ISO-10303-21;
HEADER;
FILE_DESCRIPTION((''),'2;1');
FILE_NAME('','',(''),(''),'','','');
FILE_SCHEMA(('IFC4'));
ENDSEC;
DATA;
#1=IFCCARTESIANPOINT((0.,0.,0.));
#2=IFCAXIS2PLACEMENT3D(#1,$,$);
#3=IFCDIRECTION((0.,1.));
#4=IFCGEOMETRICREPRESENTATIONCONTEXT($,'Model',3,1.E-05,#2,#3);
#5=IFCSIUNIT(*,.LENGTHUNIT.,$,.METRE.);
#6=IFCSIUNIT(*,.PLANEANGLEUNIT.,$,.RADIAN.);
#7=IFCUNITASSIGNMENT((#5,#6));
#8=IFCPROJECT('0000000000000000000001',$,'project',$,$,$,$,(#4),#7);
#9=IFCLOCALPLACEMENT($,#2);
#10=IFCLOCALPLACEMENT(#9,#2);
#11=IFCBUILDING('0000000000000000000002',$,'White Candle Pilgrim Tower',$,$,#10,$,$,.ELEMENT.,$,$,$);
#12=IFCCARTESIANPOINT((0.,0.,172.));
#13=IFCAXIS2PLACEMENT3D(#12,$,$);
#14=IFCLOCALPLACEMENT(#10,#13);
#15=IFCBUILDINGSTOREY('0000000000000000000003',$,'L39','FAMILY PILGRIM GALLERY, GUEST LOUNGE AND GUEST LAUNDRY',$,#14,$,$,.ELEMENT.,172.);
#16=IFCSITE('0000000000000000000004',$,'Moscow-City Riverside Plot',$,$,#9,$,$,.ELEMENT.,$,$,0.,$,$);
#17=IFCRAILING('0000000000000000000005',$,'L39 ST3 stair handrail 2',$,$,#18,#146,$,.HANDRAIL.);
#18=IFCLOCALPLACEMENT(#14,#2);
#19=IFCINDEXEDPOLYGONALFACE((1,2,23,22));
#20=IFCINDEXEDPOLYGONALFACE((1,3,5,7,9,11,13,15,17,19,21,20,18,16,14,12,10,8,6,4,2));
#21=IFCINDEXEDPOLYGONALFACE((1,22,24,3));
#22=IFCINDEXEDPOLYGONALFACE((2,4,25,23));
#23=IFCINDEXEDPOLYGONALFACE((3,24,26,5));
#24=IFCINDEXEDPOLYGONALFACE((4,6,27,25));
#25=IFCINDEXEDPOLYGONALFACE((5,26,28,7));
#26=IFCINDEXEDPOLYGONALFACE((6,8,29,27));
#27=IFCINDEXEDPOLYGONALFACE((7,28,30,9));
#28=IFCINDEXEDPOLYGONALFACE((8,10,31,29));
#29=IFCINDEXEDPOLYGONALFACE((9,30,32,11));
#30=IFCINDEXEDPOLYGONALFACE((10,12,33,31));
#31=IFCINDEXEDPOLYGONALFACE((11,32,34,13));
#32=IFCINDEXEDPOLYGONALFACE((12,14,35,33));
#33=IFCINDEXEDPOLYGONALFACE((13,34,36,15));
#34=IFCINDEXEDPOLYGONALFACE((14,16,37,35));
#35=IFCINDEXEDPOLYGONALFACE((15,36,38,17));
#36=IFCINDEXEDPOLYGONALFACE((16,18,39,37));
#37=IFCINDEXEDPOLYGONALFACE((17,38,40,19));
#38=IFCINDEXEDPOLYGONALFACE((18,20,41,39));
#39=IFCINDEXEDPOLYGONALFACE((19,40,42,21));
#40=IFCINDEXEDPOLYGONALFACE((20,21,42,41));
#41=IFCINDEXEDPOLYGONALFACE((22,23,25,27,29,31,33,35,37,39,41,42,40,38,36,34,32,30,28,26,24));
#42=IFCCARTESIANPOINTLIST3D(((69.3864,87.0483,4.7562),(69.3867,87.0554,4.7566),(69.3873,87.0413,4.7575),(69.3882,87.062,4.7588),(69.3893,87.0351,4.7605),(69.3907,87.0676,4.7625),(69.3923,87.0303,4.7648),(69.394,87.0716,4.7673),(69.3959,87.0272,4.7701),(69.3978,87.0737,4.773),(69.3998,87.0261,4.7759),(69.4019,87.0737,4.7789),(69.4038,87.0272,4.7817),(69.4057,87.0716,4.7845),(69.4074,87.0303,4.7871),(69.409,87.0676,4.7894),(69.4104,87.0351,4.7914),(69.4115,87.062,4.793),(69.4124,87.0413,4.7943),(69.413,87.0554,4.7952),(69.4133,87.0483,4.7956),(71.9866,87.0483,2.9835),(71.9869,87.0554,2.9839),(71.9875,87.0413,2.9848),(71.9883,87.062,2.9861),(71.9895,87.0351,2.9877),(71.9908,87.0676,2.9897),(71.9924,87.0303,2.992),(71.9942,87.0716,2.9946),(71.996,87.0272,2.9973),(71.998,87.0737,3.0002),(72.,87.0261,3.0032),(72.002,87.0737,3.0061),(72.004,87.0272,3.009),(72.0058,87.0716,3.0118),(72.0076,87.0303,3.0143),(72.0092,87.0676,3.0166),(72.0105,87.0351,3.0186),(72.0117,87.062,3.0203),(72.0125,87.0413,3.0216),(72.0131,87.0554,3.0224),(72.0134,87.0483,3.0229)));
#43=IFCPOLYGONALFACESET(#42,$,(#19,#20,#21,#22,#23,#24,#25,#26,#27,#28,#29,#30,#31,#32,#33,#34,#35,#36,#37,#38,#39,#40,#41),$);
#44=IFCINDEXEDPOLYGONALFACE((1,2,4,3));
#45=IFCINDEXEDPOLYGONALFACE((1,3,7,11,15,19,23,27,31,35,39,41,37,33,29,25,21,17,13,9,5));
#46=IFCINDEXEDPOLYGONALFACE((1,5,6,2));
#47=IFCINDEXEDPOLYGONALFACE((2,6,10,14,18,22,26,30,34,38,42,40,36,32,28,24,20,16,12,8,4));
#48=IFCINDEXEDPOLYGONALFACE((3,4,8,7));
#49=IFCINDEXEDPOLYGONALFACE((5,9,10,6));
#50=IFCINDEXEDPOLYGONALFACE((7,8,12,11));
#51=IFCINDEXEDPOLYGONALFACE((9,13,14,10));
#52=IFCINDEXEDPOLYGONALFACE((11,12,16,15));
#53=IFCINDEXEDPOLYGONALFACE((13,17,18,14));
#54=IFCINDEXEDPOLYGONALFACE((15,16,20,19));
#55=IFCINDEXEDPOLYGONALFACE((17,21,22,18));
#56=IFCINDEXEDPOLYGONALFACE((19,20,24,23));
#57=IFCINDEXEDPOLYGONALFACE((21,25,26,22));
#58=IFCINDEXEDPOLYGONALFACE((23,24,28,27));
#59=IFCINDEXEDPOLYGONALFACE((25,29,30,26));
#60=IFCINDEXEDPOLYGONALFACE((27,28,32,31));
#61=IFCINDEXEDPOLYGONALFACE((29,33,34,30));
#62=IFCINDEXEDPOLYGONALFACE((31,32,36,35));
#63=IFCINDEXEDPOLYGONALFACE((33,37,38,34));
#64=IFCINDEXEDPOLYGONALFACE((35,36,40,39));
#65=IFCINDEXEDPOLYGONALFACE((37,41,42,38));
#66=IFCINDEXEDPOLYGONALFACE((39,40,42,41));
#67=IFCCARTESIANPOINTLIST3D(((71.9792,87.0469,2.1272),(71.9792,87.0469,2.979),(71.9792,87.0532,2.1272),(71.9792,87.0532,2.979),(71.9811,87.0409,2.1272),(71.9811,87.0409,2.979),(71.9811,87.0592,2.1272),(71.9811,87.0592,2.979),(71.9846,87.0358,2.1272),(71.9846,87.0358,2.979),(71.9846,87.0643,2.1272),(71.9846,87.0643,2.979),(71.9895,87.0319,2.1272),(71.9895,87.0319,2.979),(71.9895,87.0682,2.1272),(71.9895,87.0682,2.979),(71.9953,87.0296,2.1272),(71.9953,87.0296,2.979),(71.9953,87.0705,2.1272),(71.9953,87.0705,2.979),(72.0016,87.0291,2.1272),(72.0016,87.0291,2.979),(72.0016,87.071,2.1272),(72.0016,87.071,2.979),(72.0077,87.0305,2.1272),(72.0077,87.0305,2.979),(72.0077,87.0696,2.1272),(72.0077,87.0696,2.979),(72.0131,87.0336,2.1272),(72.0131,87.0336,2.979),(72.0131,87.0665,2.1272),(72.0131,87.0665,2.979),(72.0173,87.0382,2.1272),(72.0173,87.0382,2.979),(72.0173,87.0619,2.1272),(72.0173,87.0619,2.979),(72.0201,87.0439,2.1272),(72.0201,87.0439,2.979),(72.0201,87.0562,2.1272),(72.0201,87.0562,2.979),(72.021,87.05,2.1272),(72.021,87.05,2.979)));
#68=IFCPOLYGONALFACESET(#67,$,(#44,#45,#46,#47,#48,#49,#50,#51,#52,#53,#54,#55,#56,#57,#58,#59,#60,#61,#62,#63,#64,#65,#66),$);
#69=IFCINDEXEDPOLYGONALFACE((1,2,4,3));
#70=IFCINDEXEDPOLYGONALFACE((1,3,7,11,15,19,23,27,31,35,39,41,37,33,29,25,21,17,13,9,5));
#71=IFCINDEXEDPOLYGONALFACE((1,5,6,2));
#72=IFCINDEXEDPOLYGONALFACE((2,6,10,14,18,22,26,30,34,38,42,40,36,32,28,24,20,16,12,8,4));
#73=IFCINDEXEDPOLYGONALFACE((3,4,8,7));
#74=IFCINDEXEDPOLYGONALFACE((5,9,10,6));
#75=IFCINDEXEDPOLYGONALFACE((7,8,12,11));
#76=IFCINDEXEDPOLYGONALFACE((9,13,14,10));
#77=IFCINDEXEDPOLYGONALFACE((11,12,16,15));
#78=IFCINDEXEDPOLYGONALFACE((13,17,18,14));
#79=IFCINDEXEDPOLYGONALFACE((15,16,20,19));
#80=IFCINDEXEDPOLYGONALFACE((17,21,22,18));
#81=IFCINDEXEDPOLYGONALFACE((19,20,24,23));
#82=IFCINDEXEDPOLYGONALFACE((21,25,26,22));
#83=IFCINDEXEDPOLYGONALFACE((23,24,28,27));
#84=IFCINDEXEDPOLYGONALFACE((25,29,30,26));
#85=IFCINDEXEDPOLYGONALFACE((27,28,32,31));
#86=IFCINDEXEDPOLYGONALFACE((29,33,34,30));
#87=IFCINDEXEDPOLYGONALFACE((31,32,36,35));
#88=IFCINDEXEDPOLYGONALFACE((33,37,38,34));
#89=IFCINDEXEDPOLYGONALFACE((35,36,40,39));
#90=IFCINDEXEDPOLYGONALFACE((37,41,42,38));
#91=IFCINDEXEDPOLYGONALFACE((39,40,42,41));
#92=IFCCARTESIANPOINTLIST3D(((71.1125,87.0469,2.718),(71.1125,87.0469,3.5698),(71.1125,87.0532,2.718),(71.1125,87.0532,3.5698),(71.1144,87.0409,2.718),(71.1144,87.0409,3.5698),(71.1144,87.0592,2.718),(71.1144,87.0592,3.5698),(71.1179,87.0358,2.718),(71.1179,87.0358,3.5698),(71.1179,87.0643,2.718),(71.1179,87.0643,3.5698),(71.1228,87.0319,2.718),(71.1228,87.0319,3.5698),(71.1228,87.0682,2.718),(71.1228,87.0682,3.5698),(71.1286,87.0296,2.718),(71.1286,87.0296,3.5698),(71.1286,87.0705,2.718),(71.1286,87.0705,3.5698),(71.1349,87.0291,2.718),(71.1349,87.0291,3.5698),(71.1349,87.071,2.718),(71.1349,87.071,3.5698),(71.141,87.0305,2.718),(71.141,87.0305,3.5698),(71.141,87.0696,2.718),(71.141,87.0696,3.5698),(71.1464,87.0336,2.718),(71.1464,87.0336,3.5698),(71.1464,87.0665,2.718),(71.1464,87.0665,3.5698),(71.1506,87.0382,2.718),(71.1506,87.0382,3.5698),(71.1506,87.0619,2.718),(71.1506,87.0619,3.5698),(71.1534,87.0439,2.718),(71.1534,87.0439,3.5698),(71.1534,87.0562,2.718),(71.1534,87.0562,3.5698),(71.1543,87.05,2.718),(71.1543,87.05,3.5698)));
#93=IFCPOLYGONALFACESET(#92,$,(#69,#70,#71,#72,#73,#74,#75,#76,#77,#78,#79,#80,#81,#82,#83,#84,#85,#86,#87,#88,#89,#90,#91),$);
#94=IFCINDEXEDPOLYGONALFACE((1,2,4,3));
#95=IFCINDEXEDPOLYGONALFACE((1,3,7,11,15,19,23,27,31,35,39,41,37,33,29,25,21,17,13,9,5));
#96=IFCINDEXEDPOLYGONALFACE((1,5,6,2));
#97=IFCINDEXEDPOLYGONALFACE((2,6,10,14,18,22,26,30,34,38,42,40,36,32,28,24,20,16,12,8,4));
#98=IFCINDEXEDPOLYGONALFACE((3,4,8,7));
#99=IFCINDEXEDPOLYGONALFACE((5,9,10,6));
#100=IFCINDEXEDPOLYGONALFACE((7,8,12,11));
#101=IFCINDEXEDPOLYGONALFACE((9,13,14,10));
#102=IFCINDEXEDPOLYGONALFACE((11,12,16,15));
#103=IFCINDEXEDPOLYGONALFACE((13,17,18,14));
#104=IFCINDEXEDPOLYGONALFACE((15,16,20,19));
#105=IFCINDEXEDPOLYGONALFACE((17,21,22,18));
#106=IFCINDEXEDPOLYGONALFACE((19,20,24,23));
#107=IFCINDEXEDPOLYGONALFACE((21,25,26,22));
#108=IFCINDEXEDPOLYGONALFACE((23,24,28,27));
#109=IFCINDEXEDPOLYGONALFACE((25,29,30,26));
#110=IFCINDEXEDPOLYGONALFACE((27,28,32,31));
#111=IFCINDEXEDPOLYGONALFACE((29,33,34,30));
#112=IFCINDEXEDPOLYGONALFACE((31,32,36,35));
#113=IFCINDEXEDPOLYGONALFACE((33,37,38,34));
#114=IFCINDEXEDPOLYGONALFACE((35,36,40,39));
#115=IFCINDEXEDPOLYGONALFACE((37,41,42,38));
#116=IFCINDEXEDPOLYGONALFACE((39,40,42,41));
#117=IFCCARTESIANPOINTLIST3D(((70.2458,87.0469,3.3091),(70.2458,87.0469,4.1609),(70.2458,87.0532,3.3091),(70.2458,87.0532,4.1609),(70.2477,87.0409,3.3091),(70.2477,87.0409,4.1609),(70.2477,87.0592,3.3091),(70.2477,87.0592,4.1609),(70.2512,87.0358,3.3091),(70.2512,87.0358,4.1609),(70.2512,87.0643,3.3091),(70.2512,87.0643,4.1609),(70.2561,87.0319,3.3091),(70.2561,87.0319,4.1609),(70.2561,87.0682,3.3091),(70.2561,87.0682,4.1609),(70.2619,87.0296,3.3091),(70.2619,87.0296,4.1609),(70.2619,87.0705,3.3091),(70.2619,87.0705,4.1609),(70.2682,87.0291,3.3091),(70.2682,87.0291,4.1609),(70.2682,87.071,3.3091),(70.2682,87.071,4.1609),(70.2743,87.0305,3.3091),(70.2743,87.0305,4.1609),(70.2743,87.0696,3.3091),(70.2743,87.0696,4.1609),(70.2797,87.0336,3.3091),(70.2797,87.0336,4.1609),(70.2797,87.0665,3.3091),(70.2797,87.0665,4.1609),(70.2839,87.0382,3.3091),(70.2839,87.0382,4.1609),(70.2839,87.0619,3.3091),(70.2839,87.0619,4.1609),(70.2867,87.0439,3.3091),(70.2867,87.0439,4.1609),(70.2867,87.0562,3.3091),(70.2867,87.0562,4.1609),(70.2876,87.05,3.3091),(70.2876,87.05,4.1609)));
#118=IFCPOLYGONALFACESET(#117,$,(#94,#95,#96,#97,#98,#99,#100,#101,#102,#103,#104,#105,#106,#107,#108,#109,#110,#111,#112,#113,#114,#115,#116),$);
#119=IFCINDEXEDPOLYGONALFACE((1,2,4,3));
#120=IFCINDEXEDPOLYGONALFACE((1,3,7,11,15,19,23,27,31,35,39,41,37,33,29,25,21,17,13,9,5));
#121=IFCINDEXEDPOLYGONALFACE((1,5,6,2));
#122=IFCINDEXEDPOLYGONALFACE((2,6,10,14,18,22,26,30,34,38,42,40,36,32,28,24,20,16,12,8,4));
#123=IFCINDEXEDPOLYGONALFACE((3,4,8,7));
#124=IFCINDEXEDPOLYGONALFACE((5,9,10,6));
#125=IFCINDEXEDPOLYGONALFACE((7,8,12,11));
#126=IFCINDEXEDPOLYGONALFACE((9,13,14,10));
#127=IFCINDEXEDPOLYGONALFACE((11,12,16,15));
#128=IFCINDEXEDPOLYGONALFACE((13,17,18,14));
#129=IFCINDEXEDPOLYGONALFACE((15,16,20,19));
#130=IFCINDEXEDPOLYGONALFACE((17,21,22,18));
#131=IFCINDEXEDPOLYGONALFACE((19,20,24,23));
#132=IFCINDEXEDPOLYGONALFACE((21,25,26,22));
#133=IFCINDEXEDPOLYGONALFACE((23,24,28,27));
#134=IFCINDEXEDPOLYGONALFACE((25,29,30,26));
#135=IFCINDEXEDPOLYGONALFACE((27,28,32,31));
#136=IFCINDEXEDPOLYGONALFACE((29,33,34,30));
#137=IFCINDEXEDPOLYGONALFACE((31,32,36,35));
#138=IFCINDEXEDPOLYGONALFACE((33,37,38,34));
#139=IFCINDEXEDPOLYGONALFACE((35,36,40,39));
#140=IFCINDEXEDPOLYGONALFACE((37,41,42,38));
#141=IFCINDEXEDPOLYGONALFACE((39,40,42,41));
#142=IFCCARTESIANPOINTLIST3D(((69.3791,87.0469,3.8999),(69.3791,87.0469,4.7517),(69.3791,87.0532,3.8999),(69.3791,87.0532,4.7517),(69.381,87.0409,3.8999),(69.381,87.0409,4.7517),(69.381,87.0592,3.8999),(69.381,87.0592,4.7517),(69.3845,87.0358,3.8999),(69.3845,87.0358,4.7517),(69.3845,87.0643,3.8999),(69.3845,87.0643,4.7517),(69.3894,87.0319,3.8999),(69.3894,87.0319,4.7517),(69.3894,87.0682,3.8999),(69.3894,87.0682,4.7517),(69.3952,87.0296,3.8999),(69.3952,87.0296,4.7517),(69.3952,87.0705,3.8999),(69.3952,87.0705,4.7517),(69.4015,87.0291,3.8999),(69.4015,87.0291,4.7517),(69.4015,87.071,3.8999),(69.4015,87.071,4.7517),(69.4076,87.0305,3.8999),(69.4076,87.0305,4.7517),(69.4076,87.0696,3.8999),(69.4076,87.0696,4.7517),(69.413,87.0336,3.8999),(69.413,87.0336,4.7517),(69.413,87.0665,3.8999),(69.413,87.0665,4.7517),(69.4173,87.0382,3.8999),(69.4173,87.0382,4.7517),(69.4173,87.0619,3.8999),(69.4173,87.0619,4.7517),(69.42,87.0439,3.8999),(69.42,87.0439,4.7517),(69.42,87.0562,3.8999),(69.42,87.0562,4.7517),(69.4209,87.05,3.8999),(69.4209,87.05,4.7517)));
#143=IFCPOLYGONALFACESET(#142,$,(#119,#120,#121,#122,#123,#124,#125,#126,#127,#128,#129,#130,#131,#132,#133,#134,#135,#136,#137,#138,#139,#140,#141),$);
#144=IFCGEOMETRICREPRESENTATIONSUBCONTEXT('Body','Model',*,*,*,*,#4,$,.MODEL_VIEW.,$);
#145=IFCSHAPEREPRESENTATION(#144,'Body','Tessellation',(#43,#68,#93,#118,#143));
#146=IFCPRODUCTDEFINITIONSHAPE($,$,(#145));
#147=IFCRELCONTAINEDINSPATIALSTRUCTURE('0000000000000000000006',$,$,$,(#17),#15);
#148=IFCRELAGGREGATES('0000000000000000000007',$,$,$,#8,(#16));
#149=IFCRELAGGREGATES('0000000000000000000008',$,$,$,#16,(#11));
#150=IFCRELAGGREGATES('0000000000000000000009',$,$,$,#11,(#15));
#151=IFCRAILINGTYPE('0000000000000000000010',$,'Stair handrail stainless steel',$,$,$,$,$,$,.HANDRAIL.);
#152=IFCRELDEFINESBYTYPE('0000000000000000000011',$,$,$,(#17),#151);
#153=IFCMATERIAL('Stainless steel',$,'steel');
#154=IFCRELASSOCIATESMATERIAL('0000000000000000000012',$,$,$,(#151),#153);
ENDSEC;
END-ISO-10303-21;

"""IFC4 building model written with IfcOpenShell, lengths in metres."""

from ifc_helpers import new_model, si_unit, direction, frame, origin, origin_2d, place, context, subcontext, project, spatial, circle, extrude, material, type_object, element, save


model = new_model("IFC4")

# Units and contexts
model_context = context("Model", 3, precision=1e-05, world=origin(), true_north=direction((0.0, 1.0)))
body_context = subcontext(model_context, "Body", "Model", "MODEL_VIEW")
ifc_project = project(units=[si_unit("LENGTHUNIT", "METRE"), si_unit("PLANEANGLEUNIT", "RADIAN")], contexts=[model_context])

# Site, building, storey
site_placement = place(None, origin())
site = spatial("IfcSite", under=ifc_project, at=site_placement, Name="Moscow-City Riverside Plot", CompositionType="ELEMENT", RefElevation=0.0)
building_placement = place(site_placement, origin())
building = spatial("IfcBuilding", under=site, at=building_placement, Name="White Candle Pilgrim Tower", CompositionType="ELEMENT")
storey_placement = place(building_placement, frame((0.0, 0.0, 172.0)))
storey = spatial("IfcBuildingStorey", under=building, at=storey_placement, Name="L39", Description="FAMILY PILGRIM GALLERY, GUEST LOUNGE AND GUEST LAUNDRY", CompositionType="ELEMENT", Elevation=172.0)

# Railing
ifc_material_1 = material(Name="Stainless steel", Category="steel")
railing_type_1 = type_object("IfcRailingType", Name="Stair handrail stainless steel", PredefinedType="HANDRAIL", material=ifc_material_1)
railing_1_placement = place(storey_placement, frame((72.0, 87.05, 2.1272)))
element("IfcRailing", 1, at=railing_1_placement, inside=storey, type_object=railing_type_1, Name="L39 ST3 stair handrail 2", PredefinedType="HANDRAIL", context=body_context, shape_type="SweptSolid", body=[
    extrude(circle(Radius=0.0239, at=origin_2d()), frame((0.0, 0.0, 0.876), z_axis=(-0.82624, 0.0, 0.563318), x_axis=(0.0, -1.0, 0.0)), (0.0, 0.0, 1.0), 3.147),
    extrude(circle(Radius=0.021, at=origin_2d()), origin(), (0.0, 0.0, 1.0), 0.8518),
    extrude(circle(Radius=0.021, at=origin_2d()), frame((-0.8667, 0.0, 0.5908)), (0.0, 0.0, 1.0), 0.8518),
    extrude(circle(Radius=0.021, at=origin_2d()), frame((-1.7334, 0.0, 1.1819)), (0.0, 0.0, 1.0), 0.8518),
    extrude(circle(Radius=0.021, at=origin_2d()), frame((-2.6001, 0.0, 1.7727)), (0.0, 0.0, 1.0), 0.8518),
])

save(model, "model.ifc")
